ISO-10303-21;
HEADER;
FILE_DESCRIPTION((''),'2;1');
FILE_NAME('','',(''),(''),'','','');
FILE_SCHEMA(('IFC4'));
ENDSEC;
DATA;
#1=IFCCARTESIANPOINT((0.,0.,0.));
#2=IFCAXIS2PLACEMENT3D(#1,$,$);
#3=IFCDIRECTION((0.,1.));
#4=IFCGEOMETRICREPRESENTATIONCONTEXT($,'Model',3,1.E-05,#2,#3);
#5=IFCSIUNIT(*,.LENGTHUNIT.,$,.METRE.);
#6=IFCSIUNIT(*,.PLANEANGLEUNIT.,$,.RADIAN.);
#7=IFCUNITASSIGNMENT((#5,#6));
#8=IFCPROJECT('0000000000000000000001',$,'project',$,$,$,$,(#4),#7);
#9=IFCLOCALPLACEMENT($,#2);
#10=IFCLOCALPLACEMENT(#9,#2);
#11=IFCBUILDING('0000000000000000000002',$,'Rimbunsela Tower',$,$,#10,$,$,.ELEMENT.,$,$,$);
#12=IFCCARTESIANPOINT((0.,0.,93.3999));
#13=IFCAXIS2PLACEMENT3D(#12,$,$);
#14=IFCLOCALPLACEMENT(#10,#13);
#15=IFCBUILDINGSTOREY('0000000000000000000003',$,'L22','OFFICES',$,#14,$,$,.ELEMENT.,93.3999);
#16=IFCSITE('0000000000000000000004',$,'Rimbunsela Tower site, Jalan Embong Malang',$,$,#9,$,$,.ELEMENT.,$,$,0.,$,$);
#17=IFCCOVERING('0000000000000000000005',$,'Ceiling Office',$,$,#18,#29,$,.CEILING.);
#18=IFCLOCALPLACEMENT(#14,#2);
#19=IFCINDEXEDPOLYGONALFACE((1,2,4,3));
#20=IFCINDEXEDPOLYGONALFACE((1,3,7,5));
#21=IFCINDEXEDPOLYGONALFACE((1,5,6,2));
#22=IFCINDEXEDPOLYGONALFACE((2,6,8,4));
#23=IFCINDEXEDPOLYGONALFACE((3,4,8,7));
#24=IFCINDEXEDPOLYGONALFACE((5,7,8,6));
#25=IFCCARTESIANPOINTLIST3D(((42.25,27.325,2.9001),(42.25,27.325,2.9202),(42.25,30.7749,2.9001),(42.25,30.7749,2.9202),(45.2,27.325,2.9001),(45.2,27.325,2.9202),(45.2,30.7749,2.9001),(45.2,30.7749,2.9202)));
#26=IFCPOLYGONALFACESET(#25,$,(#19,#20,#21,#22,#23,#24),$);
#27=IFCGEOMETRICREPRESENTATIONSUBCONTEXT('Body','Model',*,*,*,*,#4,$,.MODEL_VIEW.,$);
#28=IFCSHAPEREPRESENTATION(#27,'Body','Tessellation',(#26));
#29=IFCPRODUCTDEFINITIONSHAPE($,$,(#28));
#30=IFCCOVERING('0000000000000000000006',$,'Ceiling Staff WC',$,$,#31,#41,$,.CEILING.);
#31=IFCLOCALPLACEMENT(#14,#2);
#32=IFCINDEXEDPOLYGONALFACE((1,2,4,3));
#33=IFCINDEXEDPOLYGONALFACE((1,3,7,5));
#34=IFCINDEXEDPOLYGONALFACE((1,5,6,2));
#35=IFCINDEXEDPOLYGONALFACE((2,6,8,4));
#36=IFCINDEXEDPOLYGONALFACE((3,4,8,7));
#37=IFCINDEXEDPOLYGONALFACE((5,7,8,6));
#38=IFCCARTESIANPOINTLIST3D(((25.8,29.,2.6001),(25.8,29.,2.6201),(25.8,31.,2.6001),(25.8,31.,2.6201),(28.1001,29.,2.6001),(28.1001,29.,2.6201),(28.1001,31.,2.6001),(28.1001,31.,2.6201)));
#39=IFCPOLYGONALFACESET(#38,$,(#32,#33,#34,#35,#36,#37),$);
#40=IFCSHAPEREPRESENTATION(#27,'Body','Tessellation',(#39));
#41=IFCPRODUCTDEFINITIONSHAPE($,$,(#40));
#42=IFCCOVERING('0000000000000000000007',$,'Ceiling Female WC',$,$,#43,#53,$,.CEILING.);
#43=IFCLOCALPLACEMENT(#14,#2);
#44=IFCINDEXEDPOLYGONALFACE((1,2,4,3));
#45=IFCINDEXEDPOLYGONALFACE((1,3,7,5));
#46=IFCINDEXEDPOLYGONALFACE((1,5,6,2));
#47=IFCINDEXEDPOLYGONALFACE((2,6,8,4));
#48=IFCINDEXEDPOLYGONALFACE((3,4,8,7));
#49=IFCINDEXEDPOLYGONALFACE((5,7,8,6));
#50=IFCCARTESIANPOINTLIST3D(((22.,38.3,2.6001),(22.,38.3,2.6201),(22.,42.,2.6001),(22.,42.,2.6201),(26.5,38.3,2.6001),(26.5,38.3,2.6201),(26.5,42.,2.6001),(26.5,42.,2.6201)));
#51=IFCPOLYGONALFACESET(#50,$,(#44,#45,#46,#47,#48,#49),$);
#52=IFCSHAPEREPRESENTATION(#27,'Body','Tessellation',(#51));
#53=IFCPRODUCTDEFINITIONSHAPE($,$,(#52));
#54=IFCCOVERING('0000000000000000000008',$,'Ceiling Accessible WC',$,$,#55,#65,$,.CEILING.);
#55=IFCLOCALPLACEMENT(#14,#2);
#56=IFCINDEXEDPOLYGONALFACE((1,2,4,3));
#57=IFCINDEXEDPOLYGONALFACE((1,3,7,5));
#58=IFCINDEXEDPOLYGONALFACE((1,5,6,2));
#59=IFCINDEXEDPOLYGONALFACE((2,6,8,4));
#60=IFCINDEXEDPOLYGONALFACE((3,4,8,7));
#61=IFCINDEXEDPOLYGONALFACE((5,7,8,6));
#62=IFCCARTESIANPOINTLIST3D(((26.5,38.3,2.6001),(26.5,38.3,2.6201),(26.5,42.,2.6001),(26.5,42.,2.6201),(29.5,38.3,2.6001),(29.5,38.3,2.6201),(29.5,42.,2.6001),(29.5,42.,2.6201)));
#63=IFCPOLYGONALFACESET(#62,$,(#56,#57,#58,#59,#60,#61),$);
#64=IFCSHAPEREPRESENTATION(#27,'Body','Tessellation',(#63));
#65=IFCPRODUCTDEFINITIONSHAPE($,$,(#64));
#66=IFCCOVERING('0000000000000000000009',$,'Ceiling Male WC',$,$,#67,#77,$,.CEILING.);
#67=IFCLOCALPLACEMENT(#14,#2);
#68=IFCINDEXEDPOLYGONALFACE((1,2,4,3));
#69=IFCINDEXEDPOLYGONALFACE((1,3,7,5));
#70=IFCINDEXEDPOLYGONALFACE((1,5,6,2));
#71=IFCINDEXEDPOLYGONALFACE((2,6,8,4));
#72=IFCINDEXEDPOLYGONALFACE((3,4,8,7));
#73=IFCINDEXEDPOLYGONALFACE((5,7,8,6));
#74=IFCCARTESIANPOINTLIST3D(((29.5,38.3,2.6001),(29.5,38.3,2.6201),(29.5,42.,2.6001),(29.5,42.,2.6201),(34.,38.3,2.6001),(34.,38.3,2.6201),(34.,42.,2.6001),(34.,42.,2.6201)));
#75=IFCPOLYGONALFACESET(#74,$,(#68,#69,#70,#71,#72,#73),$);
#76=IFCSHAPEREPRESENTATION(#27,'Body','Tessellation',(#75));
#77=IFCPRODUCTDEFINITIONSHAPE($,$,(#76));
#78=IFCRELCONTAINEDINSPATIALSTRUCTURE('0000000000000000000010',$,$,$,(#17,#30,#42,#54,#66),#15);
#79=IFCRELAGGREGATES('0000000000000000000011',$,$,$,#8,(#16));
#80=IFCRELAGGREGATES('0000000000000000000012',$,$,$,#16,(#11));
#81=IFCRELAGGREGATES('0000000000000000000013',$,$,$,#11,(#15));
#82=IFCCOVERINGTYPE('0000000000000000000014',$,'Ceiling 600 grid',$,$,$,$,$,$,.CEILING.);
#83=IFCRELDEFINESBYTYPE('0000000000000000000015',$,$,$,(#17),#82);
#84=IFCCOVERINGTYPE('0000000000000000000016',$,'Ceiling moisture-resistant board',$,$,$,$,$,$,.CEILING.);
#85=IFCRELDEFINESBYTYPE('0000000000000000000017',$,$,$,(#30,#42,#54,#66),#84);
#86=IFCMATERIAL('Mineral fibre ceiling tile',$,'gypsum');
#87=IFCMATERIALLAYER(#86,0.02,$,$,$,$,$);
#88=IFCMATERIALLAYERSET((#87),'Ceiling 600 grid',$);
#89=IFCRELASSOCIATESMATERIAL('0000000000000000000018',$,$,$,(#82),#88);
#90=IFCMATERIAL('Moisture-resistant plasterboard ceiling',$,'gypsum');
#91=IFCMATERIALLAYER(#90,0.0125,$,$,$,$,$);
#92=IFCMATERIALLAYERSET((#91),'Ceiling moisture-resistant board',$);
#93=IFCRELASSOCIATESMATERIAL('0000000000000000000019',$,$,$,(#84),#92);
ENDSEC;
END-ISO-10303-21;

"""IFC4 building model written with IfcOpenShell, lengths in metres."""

from ifc_helpers import new_model, si_unit, direction, frame, origin, place, context, subcontext, project, spatial, polyline, outline, extrude, material, layer, layer_set, type_object, element, save


model = new_model("IFC4")

# Units and contexts
model_context = context("Model", 3, precision=1e-05, world=origin(), true_north=direction((0.0, 1.0)))
body_context = subcontext(model_context, "Body", "Model", "MODEL_VIEW")
ifc_project = project(units=[si_unit("LENGTHUNIT", "METRE"), si_unit("PLANEANGLEUNIT", "RADIAN")], contexts=[model_context])

# Site, building, storey
site_placement = place(None, origin())
site = spatial("IfcSite", under=ifc_project, at=site_placement, Name="Rimbunsela Tower site, Jalan Embong Malang", CompositionType="ELEMENT", RefElevation=0.0)
building_placement = place(site_placement, origin())
building = spatial("IfcBuilding", under=site, at=building_placement, Name="Rimbunsela Tower", CompositionType="ELEMENT")
storey_placement = place(building_placement, frame((0.0, 0.0, 93.3999)))
storey = spatial("IfcBuildingStorey", under=building, at=storey_placement, Name="L22", Description="OFFICES", CompositionType="ELEMENT", Elevation=93.3999)

# Coverings
ifc_material_1 = material(Name="Mineral fibre ceiling tile", Category="gypsum")
ifc_layer_1 = layer(ifc_material_1, 0.02)
ifc_layer_set_1 = layer_set([ifc_layer_1], Name="Ceiling 600 grid")
covering_type_1 = type_object("IfcCoveringType", Name="Ceiling 600 grid", PredefinedType="CEILING", material=ifc_layer_set_1)
covering_1_placement = place(storey_placement, frame((0.0, 0.0, 2.9001)))
element("IfcCovering", 1, at=covering_1_placement, inside=storey, type_object=covering_type_1, Name="Ceiling Office", PredefinedType="CEILING", context=body_context, shape_type="SweptSolid", body=[
    extrude(outline(polyline([(45.2, 27.325), (45.2, 30.7749), (42.25, 30.7749), (42.25, 27.325), (45.2, 27.325)])), origin(), (0.0, 0.0, 1.0), 0.02),
])
ifc_material_2 = material(Name="Moisture-resistant plasterboard ceiling", Category="gypsum")
ifc_layer_2 = layer(ifc_material_2, 0.0125)
ifc_layer_set_2 = layer_set([ifc_layer_2], Name="Ceiling moisture-resistant board")
covering_type_2 = type_object("IfcCoveringType", Name="Ceiling moisture-resistant board", PredefinedType="CEILING", material=ifc_layer_set_2)
covering_2_placement = place(storey_placement, frame((0.0, 0.0, 2.6001)))
element("IfcCovering", 2, at=covering_2_placement, inside=storey, type_object=covering_type_2, Name="Ceiling Staff WC", PredefinedType="CEILING", context=body_context, shape_type="SweptSolid", body=[
    extrude(outline(polyline([(28.1001, 29.0), (28.1001, 31.0), (25.8, 31.0), (25.8, 29.0), (28.1001, 29.0)])), origin(), (0.0, 0.0, 1.0), 0.02),
])
covering_3_placement = place(storey_placement, frame((0.0, 0.0, 2.6001)))
element("IfcCovering", 3, at=covering_3_placement, inside=storey, type_object=covering_type_2, Name="Ceiling Female WC", PredefinedType="CEILING", context=body_context, shape_type="SweptSolid", body=[
    extrude(outline(polyline([(26.5, 38.3), (26.5, 42.0), (22.0, 42.0), (22.0, 38.3), (26.5, 38.3)])), origin(), (0.0, 0.0, 1.0), 0.02),
])
covering_4_placement = place(storey_placement, frame((0.0, 0.0, 2.6001)))
element("IfcCovering", 4, at=covering_4_placement, inside=storey, type_object=covering_type_2, Name="Ceiling Accessible WC", PredefinedType="CEILING", context=body_context, shape_type="SweptSolid", body=[
    extrude(outline(polyline([(29.5, 38.3), (29.5, 42.0), (26.5, 42.0), (26.5, 38.3), (29.5, 38.3)])), origin(), (0.0, 0.0, 1.0), 0.02),
])
covering_5_placement = place(storey_placement, frame((0.0, 0.0, 2.6001)))
element("IfcCovering", 5, at=covering_5_placement, inside=storey, type_object=covering_type_2, Name="Ceiling Male WC", PredefinedType="CEILING", context=body_context, shape_type="SweptSolid", body=[
    extrude(outline(polyline([(34.0, 38.3), (34.0, 42.0), (29.5, 42.0), (29.5, 38.3), (34.0, 38.3)])), origin(), (0.0, 0.0, 1.0), 0.02),
])

save(model, "model.ifc")
